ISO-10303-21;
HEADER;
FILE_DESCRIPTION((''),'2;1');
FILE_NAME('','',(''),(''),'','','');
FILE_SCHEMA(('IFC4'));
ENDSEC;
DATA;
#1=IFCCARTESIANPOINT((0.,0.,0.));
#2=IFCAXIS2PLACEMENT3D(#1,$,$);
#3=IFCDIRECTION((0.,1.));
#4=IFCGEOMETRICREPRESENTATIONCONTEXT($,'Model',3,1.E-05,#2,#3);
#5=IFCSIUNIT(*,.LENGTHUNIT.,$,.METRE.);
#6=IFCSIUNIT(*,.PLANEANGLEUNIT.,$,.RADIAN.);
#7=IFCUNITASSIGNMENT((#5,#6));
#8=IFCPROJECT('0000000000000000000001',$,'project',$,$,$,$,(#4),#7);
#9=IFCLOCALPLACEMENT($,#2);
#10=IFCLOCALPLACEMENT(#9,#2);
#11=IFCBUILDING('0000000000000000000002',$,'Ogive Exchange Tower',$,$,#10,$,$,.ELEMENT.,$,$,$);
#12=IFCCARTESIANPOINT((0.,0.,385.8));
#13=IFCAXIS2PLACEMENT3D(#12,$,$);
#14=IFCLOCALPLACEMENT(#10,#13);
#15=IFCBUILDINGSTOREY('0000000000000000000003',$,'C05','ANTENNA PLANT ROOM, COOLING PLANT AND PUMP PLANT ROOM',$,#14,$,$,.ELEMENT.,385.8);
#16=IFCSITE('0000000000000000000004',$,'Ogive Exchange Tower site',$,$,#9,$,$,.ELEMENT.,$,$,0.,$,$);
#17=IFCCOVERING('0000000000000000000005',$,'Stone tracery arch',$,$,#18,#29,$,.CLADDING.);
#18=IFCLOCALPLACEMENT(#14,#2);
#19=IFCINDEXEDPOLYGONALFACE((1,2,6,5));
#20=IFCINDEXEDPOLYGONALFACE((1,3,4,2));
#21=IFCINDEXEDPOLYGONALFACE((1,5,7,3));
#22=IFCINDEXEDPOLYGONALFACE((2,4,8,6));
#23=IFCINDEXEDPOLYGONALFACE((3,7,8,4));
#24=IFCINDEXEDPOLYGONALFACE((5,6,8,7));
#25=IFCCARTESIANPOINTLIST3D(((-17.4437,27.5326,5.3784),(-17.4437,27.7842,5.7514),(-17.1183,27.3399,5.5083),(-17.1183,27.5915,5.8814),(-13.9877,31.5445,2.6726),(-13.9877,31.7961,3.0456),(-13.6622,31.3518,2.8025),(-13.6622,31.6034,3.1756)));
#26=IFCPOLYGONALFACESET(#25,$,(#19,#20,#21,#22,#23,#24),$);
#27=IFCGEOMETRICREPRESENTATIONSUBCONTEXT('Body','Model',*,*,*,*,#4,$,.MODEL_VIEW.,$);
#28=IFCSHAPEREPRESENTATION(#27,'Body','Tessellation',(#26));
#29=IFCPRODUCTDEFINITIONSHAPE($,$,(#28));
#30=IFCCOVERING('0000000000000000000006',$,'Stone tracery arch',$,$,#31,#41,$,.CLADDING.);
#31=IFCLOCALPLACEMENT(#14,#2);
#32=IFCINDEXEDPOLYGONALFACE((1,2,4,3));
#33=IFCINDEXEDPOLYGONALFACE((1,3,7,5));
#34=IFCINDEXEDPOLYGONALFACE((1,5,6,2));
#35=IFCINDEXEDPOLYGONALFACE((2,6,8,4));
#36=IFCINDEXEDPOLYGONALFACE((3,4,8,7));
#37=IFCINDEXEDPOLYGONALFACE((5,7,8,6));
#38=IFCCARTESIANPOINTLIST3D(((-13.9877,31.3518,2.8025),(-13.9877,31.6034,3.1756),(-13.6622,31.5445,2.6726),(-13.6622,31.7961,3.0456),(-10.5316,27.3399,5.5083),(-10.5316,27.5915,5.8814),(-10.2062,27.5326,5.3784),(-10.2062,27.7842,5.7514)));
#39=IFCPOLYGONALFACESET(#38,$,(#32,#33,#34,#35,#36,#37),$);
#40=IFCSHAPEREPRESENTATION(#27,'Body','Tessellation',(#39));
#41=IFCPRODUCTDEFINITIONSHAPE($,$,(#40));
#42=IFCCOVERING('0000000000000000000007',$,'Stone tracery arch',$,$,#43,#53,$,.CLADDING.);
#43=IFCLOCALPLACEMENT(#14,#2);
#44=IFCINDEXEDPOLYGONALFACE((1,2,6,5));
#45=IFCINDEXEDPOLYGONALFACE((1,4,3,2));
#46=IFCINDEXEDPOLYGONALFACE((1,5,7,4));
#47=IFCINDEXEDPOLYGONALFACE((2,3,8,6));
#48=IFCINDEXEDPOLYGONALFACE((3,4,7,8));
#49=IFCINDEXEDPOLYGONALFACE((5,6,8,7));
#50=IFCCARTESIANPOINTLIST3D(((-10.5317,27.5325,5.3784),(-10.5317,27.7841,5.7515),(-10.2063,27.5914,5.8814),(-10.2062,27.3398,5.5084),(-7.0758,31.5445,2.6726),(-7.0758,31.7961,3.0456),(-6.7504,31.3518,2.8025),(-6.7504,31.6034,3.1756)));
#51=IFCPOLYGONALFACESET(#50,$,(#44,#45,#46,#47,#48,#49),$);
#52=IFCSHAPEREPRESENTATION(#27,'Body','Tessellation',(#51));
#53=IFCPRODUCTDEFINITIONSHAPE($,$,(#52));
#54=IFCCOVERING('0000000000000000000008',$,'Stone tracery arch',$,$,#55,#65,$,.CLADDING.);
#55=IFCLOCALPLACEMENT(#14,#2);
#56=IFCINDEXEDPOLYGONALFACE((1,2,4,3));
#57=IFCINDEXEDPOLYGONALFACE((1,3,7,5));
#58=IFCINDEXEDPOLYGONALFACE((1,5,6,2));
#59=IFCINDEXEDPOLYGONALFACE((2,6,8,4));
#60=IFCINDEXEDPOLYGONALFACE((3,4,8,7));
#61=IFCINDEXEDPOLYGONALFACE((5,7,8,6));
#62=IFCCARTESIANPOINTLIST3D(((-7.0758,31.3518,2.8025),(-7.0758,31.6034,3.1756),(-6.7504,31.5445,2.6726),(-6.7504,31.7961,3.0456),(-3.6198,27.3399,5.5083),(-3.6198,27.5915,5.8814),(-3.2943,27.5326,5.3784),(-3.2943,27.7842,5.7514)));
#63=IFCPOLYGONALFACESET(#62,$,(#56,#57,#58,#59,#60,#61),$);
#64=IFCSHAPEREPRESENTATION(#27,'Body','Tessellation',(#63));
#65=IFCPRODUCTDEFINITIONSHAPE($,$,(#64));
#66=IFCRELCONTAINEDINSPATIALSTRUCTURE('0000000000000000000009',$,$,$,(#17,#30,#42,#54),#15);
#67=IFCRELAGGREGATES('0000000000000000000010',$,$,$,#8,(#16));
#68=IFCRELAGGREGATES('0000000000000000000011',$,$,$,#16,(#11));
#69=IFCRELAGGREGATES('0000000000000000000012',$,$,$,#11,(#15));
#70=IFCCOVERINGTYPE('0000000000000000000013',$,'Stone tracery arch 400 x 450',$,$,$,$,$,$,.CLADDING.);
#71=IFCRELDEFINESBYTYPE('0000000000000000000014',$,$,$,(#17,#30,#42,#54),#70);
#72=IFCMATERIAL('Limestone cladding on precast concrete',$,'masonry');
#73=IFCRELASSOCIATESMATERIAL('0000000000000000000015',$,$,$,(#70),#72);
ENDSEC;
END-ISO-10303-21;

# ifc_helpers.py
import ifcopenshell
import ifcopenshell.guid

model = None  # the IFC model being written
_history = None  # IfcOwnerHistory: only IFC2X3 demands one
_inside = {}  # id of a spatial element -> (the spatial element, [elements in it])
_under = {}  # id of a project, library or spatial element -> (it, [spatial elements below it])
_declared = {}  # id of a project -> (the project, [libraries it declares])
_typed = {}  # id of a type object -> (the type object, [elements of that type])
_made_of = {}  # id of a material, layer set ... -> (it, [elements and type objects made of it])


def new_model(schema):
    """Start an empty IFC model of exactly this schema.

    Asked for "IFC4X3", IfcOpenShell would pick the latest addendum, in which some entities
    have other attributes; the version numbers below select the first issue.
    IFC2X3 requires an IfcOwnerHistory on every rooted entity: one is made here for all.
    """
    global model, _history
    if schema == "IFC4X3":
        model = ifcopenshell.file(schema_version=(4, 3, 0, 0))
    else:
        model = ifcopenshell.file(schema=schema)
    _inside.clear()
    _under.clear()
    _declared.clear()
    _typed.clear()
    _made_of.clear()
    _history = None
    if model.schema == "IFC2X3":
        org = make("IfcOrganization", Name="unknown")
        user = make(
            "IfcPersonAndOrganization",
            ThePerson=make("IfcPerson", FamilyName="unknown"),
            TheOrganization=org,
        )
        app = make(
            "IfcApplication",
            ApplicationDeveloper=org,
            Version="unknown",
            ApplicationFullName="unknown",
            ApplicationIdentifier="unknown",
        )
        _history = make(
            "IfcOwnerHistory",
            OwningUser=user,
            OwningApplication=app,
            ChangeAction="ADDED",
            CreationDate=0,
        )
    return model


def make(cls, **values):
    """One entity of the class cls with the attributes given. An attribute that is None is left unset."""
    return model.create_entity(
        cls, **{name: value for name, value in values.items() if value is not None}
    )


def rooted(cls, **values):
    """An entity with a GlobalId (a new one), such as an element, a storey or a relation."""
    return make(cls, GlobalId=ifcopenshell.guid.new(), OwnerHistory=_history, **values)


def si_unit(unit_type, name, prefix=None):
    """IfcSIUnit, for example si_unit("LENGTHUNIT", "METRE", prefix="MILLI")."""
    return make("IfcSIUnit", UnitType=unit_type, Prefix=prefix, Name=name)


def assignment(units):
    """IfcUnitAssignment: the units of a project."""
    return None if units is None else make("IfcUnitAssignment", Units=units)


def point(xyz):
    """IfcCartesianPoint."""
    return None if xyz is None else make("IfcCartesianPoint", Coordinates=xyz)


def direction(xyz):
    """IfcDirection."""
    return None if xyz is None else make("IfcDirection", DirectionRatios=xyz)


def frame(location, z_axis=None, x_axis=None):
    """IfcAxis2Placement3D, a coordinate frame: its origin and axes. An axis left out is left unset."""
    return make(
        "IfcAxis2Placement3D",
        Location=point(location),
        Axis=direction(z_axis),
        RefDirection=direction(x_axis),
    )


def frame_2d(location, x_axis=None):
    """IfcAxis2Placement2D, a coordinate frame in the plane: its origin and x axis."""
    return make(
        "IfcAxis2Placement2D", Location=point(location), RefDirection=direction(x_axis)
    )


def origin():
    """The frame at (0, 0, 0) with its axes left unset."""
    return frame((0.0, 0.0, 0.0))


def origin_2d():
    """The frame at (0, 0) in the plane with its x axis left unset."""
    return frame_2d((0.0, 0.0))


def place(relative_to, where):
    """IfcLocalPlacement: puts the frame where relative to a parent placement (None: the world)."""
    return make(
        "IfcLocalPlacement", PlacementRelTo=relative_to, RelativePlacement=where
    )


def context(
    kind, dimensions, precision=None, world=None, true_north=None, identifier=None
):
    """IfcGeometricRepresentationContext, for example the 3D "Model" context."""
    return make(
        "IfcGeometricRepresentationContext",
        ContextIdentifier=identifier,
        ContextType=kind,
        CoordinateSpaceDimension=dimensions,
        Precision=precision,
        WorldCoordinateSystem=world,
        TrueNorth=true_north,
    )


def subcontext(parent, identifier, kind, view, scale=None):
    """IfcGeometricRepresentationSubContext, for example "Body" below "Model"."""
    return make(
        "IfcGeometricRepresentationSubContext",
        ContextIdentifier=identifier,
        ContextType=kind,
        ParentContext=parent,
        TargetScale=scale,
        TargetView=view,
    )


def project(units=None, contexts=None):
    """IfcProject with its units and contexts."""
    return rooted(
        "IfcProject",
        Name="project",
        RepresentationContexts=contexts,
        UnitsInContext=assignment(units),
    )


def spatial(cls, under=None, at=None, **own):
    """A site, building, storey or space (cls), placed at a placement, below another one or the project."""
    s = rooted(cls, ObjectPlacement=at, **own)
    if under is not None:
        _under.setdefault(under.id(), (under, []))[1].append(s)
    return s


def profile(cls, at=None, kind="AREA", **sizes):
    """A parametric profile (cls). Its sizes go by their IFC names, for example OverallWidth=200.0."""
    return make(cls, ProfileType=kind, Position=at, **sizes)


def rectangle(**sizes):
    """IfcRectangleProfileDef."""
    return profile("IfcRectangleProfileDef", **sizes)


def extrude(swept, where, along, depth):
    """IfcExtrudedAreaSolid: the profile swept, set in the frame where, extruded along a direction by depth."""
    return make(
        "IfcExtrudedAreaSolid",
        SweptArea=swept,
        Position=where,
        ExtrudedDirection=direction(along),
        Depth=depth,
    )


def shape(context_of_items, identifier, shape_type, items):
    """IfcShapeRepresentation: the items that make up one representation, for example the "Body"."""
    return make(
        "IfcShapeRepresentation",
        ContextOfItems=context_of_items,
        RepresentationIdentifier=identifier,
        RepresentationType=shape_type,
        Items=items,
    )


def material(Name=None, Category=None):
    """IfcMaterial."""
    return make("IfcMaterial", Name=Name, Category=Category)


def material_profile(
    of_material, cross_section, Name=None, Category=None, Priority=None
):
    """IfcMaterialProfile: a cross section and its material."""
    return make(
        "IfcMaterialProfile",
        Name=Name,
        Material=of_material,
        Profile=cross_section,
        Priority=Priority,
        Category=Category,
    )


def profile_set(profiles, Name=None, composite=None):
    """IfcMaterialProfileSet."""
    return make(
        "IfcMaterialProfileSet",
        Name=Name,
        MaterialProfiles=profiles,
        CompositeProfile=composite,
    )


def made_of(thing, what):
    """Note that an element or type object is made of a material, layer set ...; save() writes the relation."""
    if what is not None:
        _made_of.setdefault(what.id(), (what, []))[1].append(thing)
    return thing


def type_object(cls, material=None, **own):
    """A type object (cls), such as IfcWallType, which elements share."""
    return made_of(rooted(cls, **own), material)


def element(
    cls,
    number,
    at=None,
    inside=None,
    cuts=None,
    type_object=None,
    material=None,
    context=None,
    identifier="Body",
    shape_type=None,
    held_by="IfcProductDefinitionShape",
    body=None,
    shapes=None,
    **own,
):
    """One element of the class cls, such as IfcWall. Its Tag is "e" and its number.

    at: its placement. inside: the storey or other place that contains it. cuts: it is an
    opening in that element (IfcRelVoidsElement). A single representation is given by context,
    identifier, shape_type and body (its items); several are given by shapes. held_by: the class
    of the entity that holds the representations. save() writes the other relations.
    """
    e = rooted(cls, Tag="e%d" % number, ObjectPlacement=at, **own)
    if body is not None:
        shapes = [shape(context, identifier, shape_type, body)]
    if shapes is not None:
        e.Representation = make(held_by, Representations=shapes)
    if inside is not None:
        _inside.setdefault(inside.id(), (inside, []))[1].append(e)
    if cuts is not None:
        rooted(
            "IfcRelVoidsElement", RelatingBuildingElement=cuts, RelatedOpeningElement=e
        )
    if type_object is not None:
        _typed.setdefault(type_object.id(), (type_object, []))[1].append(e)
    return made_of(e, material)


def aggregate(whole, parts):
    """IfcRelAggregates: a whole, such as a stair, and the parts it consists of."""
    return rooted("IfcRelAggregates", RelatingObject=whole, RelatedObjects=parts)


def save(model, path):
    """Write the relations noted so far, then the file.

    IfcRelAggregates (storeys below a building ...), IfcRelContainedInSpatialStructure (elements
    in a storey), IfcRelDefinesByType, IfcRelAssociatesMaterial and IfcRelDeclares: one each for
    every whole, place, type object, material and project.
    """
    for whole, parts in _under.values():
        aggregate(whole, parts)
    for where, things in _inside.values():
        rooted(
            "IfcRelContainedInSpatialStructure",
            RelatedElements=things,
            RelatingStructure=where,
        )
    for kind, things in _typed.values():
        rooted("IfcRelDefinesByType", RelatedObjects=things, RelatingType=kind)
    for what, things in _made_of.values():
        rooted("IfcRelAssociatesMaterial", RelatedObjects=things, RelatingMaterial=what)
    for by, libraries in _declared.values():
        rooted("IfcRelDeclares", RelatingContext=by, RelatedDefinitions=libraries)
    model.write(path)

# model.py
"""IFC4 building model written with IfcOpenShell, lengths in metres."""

from ifc_helpers import new_model, si_unit, direction, frame, origin, origin_2d, place, context, subcontext, project, spatial, rectangle, extrude, material, material_profile, profile_set, type_object, element, save


model = new_model("IFC4")

# Units and contexts
model_context = context("Model", 3, precision=1e-05, world=origin(), true_north=direction((0.0, 1.0)))
body_context = subcontext(model_context, "Body", "Model", "MODEL_VIEW")
ifc_project = project(units=[si_unit("LENGTHUNIT", "METRE"), si_unit("PLANEANGLEUNIT", "RADIAN")], contexts=[model_context])

# Site, building, storey
site_placement = place(None, origin())
site = spatial("IfcSite", under=ifc_project, at=site_placement, Name="Ogive Exchange Tower site", CompositionType="ELEMENT", RefElevation=0.0)
building_placement = place(site_placement, origin())
building = spatial("IfcBuilding", under=site, at=building_placement, Name="Ogive Exchange Tower", CompositionType="ELEMENT")
storey_placement = place(building_placement, frame((0.0, 0.0, 385.8)))
storey = spatial("IfcBuildingStorey", under=building, at=storey_placement, Name="C05", Description="ANTENNA PLANT ROOM, COOLING PLANT AND PUMP PLANT ROOM", CompositionType="ELEMENT", Elevation=385.8)

# Coverings
ifc_material_1 = material(Name="Limestone cladding on precast concrete", Category="masonry")
ifc_material_profile_1 = material_profile(ifc_material_1, rectangle(XDim=0.3999, YDim=0.45, at=origin_2d()), Name="TRACERY 400 x 450")
ifc_profile_set_1 = profile_set([ifc_material_profile_1], Name="Limestone cladding on precast concrete")
covering_type_1 = type_object("IfcCoveringType", Name="Stone tracery arch 400 x 450", PredefinedType="CLADDING", material=ifc_profile_set_1)
for number, where, z_axis, x_axis, name in (
    (1, (-13.825, 31.574, 2.9241), (-0.581186, -0.67467, 0.455021), (0.813771, -0.481829, 0.324988), "Stone tracery arch"),
    (2, (-13.825, 31.574, 2.9241), (0.581186, -0.67467, 0.455021), (0.813771, 0.481829, -0.324988), "Stone tracery arch"),
    (3, (-6.9131, 31.574, 2.9241), (-0.581158, -0.674686, 0.455032), (0.81379, -0.481798, 0.324986), "Stone tracery arch"),
    (4, (-6.9131, 31.574, 2.9241), (0.581186, -0.67467, 0.455021), (0.813771, 0.48181, -0.325017), "Stone tracery arch"),
):
    element("IfcCovering", number, at=place(storey_placement, frame(where, z_axis=z_axis, x_axis=x_axis)), inside=storey, type_object=covering_type_1, Name=name, PredefinedType="CLADDING", context=body_context, shape_type="SweptSolid", body=[
        extrude(rectangle(XDim=0.3999, YDim=0.45, at=origin_2d()), origin(), (0.0, 0.0, 1.0), 5.9465),
    ])

save(model, "model.ifc")
